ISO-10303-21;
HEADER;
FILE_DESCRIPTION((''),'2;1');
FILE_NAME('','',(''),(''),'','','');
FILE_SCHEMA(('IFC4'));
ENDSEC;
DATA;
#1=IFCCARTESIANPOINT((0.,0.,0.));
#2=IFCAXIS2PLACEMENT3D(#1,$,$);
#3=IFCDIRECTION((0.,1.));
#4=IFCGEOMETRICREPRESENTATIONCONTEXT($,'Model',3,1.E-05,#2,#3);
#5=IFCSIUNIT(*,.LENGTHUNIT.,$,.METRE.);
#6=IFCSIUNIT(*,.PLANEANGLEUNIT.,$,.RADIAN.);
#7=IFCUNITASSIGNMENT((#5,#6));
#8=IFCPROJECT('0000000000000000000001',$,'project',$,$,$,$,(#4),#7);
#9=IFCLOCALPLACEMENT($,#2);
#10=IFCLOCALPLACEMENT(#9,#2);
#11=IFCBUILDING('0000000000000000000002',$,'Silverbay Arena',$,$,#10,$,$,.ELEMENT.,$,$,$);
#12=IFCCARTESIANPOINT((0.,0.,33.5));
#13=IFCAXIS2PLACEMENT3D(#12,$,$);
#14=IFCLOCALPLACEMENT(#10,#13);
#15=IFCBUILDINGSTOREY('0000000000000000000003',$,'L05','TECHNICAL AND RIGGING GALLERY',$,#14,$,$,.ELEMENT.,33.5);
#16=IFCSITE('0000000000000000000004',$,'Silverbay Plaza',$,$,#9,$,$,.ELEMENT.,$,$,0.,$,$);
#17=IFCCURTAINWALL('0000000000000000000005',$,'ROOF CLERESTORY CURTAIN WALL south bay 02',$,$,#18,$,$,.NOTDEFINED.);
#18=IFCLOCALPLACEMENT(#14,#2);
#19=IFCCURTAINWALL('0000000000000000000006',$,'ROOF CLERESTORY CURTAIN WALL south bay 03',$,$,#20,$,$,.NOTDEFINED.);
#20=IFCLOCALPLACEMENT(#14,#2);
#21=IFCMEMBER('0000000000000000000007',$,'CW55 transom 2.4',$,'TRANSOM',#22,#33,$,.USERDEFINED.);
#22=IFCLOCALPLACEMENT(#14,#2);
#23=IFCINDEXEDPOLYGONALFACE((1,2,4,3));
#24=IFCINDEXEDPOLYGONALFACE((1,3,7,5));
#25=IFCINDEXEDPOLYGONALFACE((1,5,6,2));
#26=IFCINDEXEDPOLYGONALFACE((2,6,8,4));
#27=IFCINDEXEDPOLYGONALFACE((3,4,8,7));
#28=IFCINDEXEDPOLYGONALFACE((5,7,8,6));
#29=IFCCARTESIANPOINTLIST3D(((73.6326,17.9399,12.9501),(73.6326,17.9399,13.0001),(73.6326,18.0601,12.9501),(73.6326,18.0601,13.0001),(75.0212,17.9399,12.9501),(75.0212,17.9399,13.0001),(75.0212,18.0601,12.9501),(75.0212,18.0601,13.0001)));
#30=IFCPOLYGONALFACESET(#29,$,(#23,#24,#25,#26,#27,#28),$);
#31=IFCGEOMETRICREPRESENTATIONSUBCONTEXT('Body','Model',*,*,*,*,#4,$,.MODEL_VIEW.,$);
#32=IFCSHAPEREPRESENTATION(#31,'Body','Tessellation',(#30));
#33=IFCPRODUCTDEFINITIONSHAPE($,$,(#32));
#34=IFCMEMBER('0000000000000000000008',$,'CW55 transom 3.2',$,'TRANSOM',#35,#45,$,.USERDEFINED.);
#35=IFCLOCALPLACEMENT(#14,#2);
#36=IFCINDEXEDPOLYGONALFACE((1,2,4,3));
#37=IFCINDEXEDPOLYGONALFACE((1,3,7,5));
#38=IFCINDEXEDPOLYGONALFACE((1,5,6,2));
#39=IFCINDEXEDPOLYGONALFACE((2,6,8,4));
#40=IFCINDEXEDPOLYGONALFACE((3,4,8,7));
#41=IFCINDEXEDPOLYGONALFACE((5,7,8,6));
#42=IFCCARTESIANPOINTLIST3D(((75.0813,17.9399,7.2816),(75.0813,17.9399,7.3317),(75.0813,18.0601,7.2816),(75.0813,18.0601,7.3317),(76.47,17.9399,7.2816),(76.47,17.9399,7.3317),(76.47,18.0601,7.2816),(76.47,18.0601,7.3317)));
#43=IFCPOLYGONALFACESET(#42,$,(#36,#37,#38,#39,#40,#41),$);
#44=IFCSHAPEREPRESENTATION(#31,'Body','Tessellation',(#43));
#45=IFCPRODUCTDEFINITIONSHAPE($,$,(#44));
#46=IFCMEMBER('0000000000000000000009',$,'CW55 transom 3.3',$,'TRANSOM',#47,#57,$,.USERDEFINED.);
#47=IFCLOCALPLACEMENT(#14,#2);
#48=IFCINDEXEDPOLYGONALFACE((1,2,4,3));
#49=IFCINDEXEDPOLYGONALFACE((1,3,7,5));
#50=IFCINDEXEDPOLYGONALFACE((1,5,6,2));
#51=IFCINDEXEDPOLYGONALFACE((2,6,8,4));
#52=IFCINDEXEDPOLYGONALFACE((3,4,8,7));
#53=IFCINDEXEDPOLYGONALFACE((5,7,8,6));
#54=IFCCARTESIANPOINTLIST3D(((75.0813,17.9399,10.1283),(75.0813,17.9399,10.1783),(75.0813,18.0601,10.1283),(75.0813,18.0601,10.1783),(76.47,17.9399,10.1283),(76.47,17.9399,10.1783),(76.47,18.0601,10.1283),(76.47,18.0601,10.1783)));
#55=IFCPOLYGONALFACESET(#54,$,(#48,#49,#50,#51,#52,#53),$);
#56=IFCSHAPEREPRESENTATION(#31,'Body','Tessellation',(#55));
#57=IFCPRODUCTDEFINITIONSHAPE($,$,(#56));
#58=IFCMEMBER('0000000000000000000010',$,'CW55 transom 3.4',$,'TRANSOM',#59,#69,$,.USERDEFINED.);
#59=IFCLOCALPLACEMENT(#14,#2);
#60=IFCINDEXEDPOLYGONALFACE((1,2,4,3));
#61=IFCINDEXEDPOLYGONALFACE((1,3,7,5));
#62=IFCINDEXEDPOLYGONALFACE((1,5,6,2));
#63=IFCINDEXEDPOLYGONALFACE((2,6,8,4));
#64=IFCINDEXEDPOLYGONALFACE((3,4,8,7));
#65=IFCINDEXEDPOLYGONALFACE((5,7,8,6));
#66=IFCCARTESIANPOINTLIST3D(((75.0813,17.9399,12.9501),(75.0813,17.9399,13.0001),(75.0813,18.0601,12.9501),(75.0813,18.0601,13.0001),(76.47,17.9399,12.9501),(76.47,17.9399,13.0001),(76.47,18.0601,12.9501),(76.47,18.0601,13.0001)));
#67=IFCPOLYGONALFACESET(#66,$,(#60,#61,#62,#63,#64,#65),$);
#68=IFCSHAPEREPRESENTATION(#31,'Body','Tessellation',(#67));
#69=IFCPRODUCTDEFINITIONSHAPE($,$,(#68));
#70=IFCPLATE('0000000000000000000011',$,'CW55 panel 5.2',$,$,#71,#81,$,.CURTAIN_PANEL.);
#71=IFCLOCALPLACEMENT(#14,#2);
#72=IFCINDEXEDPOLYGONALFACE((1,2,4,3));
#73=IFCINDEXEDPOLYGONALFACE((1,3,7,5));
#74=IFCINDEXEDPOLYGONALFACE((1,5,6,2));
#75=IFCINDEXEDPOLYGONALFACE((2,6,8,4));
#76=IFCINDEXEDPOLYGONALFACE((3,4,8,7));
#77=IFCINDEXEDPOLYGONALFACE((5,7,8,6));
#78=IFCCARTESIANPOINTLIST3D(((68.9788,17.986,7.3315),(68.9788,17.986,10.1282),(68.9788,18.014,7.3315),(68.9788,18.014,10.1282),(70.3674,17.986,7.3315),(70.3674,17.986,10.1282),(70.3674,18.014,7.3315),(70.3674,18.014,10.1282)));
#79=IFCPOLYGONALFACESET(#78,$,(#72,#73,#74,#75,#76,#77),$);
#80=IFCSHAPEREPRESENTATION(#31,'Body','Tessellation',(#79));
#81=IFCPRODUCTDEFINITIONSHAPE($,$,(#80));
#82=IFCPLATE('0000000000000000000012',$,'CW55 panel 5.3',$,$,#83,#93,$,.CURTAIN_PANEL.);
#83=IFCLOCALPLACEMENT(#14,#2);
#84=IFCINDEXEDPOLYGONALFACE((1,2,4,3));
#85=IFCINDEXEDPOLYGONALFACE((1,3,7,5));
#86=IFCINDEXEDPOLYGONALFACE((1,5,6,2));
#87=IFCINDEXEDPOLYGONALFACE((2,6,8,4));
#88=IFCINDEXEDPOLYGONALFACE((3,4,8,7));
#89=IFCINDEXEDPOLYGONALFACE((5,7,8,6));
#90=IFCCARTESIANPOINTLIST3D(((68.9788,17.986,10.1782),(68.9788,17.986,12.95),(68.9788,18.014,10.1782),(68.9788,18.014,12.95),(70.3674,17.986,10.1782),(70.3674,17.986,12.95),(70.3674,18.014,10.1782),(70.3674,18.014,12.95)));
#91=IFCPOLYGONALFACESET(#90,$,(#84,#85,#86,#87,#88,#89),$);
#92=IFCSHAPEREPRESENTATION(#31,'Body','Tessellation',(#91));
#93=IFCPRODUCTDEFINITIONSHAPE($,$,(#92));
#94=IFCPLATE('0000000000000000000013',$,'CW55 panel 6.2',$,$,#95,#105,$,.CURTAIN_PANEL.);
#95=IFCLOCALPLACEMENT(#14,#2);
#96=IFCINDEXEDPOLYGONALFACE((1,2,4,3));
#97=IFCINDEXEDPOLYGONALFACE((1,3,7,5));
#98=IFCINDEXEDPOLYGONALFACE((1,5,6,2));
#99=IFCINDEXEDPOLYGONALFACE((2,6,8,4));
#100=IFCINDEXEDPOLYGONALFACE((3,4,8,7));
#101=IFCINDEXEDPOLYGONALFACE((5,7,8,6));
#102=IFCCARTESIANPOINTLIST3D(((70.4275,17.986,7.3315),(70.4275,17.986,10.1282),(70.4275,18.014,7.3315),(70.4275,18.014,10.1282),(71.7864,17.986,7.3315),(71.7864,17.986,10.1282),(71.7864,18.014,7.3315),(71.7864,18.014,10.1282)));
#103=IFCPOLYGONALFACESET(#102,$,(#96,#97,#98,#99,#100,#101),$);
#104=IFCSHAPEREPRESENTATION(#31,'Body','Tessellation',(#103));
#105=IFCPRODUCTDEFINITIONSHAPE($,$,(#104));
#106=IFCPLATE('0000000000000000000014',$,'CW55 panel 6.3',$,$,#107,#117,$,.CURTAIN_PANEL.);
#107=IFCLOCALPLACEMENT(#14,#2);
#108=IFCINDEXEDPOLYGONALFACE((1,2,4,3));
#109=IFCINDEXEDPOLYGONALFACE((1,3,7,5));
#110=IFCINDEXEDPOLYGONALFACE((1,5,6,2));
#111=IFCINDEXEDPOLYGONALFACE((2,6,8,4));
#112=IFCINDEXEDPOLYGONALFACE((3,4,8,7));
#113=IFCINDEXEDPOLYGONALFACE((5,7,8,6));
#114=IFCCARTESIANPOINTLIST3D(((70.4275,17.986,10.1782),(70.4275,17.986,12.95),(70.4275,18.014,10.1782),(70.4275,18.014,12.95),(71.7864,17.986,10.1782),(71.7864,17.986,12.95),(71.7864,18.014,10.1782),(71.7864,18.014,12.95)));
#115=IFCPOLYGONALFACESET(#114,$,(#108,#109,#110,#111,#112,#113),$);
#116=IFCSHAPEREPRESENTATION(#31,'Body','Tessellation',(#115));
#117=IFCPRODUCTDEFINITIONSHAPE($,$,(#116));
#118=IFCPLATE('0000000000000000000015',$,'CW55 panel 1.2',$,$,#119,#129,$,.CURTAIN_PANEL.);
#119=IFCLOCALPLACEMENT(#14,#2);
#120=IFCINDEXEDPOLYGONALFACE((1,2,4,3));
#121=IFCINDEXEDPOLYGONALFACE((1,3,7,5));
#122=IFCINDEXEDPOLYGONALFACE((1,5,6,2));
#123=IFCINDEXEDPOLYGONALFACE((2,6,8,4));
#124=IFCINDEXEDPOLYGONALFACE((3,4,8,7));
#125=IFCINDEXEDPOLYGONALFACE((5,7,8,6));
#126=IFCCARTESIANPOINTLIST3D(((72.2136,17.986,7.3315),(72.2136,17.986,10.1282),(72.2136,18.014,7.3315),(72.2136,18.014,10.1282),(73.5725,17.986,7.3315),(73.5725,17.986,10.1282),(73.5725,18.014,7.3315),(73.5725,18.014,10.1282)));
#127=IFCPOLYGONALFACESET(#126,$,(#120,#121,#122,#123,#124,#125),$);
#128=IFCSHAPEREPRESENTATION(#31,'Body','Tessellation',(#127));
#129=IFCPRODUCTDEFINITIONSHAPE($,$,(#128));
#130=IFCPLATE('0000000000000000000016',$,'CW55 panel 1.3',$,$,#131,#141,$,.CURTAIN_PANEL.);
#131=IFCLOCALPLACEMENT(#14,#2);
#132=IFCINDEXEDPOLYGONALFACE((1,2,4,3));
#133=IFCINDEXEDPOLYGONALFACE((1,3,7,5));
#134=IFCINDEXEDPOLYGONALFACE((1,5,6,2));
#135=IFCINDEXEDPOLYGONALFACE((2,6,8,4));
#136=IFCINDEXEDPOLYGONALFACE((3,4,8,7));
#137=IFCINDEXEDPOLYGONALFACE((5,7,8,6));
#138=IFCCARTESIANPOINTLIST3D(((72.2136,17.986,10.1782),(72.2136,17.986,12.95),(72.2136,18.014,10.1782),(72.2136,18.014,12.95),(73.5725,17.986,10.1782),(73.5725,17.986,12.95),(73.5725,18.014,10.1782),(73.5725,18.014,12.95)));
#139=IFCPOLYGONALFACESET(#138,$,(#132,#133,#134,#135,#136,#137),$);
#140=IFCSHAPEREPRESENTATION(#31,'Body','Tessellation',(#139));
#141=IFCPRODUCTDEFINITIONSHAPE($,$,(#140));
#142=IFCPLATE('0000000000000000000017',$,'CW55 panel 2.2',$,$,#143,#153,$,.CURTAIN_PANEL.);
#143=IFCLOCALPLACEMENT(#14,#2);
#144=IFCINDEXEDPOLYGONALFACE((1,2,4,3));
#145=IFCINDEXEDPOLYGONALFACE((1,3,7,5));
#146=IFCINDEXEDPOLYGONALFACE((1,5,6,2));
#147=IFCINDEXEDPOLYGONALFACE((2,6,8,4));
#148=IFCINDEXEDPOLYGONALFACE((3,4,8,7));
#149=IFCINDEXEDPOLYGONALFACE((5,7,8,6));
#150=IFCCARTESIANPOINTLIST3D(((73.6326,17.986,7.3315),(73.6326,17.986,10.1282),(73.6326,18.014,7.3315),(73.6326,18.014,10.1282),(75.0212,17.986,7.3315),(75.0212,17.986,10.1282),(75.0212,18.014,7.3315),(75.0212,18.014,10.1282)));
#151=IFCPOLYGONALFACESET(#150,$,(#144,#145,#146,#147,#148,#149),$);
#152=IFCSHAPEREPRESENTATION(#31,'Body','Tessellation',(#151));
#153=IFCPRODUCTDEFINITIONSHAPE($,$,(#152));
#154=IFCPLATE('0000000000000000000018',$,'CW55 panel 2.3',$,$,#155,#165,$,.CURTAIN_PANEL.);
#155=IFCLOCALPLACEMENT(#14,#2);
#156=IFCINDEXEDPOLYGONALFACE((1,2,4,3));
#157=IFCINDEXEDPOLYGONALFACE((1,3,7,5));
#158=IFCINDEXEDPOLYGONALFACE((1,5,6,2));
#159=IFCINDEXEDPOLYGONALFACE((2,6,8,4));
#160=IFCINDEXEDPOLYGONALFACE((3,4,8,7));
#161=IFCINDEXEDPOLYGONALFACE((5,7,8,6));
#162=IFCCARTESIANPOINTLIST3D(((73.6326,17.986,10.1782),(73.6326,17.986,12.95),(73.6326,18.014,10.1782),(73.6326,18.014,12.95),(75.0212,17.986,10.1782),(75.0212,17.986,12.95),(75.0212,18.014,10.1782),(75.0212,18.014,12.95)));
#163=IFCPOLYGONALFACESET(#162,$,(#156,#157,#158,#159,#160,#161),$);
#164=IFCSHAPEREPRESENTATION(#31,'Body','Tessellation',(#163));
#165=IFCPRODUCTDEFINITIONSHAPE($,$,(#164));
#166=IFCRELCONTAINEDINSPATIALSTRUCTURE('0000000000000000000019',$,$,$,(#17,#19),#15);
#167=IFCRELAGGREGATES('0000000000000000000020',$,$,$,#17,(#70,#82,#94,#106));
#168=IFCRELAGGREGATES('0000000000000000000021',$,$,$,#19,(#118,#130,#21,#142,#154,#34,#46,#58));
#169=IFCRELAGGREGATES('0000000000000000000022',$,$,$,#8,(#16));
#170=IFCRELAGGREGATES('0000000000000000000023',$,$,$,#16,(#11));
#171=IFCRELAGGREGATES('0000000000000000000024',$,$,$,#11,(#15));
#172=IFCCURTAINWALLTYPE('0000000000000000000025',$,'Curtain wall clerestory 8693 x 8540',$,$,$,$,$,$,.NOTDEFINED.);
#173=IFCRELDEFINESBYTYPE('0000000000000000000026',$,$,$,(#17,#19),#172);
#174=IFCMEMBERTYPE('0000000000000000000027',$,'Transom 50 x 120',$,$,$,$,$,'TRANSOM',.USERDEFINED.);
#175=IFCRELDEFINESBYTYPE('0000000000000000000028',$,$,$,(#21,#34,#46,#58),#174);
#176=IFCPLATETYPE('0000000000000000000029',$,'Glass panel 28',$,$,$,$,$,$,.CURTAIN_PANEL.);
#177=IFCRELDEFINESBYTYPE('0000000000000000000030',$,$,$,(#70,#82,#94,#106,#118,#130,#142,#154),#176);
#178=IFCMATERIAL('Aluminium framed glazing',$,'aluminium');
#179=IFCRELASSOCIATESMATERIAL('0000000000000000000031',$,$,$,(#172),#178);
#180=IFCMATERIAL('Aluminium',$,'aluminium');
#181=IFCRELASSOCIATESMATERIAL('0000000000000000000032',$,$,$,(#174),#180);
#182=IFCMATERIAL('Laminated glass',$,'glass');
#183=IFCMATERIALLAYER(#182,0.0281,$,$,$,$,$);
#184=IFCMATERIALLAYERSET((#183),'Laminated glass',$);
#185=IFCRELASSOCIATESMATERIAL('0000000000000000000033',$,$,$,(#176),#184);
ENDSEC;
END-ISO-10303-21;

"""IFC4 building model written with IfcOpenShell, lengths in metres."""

from ifc_helpers import new_model, si_unit, direction, frame, origin, origin_2d, place, context, subcontext, project, spatial, rectangle, extrude, material, layer, layer_set, material_profile, profile_set, type_object, element, aggregate, save


model = new_model("IFC4")

# Units and contexts
model_context = context("Model", 3, precision=1e-05, world=origin(), true_north=direction((0.0, 1.0)))
body_context = subcontext(model_context, "Body", "Model", "MODEL_VIEW")
ifc_project = project(units=[si_unit("LENGTHUNIT", "METRE"), si_unit("PLANEANGLEUNIT", "RADIAN")], contexts=[model_context])

# Site, building, storey
site_placement = place(None, origin())
site = spatial("IfcSite", under=ifc_project, at=site_placement, Name="Silverbay Plaza", CompositionType="ELEMENT", RefElevation=0.0)
building_placement = place(site_placement, origin())
building = spatial("IfcBuilding", under=site, at=building_placement, Name="Silverbay Arena", CompositionType="ELEMENT")
storey_placement = place(building_placement, frame((0.0, 0.0, 33.5)))
storey = spatial("IfcBuildingStorey", under=building, at=storey_placement, Name="L05", Description="TECHNICAL AND RIGGING GALLERY", CompositionType="ELEMENT", Elevation=33.5)

# Curtain walls, members
ifc_material_1 = material(Name="Aluminium framed glazing", Category="aluminium")
curtain_wall_type = type_object("IfcCurtainWallType", Name="Curtain wall clerestory 8693 x 8540", PredefinedType="NOTDEFINED", material=ifc_material_1)
curtain_wall_1_placement = place(storey_placement, origin())
curtain_wall_1 = element("IfcCurtainWall", 1, at=curtain_wall_1_placement, inside=storey, type_object=curtain_wall_type, Name="ROOF CLERESTORY CURTAIN WALL south bay 02", PredefinedType="NOTDEFINED")
ifc_material_2 = material(Name="Aluminium", Category="aluminium")
ifc_material_profile_1 = material_profile(ifc_material_2, rectangle(XDim=0.1201, YDim=0.05, at=origin_2d()), Name="Transom 50 x 120")
ifc_profile_set_1 = profile_set([ifc_material_profile_1], Name="Aluminium")
member_type_1 = type_object("IfcMemberType", Name="Transom 50 x 120", ElementType="TRANSOM", PredefinedType="USERDEFINED", material=ifc_profile_set_1)
curtain_wall_2_placement = place(storey_placement, origin())
curtain_wall_2 = element("IfcCurtainWall", 2, at=curtain_wall_2_placement, inside=storey, type_object=curtain_wall_type, Name="ROOF CLERESTORY CURTAIN WALL south bay 03", PredefinedType="NOTDEFINED")
member_1_placement = place(storey_placement, frame((73.6326, 18.0, 12.9751), z_axis=(1.0, 0.0, 0.0), x_axis=(0.0, 1.0, 0.0)))
member_1 = element("IfcMember", 3, at=member_1_placement, type_object=member_type_1, Name="CW55 transom 2.4", ObjectType="TRANSOM", PredefinedType="USERDEFINED", context=body_context, shape_type="SweptSolid", body=[
    extrude(rectangle(XDim=0.1201, YDim=0.05, at=origin_2d()), origin(), (0.0, 0.0, 1.0), 1.3887),
])
member_2_placement = place(storey_placement, frame((75.0813, 18.0, 7.3066), z_axis=(1.0, 0.0, 0.0), x_axis=(0.0, 1.0, 0.0)))
member_2 = element("IfcMember", 4, at=member_2_placement, type_object=member_type_1, Name="CW55 transom 3.2", ObjectType="TRANSOM", PredefinedType="USERDEFINED", context=body_context, shape_type="SweptSolid", body=[
    extrude(rectangle(XDim=0.1201, YDim=0.05, at=origin_2d()), origin(), (0.0, 0.0, 1.0), 1.3887),
])
member_3_placement = place(storey_placement, frame((75.0813, 18.0, 10.1533), z_axis=(1.0, 0.0, 0.0), x_axis=(0.0, 1.0, 0.0)))
member_3 = element("IfcMember", 5, at=member_3_placement, type_object=member_type_1, Name="CW55 transom 3.3", ObjectType="TRANSOM", PredefinedType="USERDEFINED", context=body_context, shape_type="SweptSolid", body=[
    extrude(rectangle(XDim=0.1201, YDim=0.05, at=origin_2d()), origin(), (0.0, 0.0, 1.0), 1.3887),
])
member_4_placement = place(storey_placement, frame((75.0813, 18.0, 12.9751), z_axis=(1.0, 0.0, 0.0), x_axis=(0.0, 1.0, 0.0)))
member_4 = element("IfcMember", 6, at=member_4_placement, type_object=member_type_1, Name="CW55 transom 3.4", ObjectType="TRANSOM", PredefinedType="USERDEFINED", context=body_context, shape_type="SweptSolid", body=[
    extrude(rectangle(XDim=0.1201, YDim=0.05, at=origin_2d()), origin(), (0.0, 0.0, 1.0), 1.3887),
])

# Plates
ifc_material_3 = material(Name="Laminated glass", Category="glass")
ifc_layer = layer(ifc_material_3, 0.0281)
ifc_layer_set = layer_set([ifc_layer], Name="Laminated glass")
plate_type = type_object("IfcPlateType", Name="Glass panel 28", PredefinedType="CURTAIN_PANEL", material=ifc_layer_set)
plate_1_placement = place(storey_placement, frame((69.6731, 18.0, 7.3315), z_axis=(0.0, 0.0, 1.0), x_axis=(1.0, 0.0, 0.0)))
plate_1 = element("IfcPlate", 7, at=plate_1_placement, type_object=plate_type, Name="CW55 panel 5.2", PredefinedType="CURTAIN_PANEL", context=body_context, shape_type="SweptSolid", body=[
    extrude(rectangle(XDim=1.3887, YDim=0.0281, at=origin_2d()), origin(), (0.0, 0.0, 1.0), 2.7966),
])
plate_2_placement = place(storey_placement, frame((69.6731, 18.0, 10.1782), z_axis=(0.0, 0.0, 1.0), x_axis=(1.0, 0.0, 0.0)))
plate_2 = element("IfcPlate", 8, at=plate_2_placement, type_object=plate_type, Name="CW55 panel 5.3", PredefinedType="CURTAIN_PANEL", context=body_context, shape_type="SweptSolid", body=[
    extrude(rectangle(XDim=1.3887, YDim=0.0281, at=origin_2d()), origin(), (0.0, 0.0, 1.0), 2.7717),
])
plate_3_placement = place(storey_placement, frame((71.1069, 18.0, 7.3315), z_axis=(0.0, 0.0, 1.0), x_axis=(1.0, 0.0, 0.0)))
plate_3 = element("IfcPlate", 9, at=plate_3_placement, type_object=plate_type, Name="CW55 panel 6.2", PredefinedType="CURTAIN_PANEL", context=body_context, shape_type="SweptSolid", body=[
    extrude(rectangle(XDim=1.3589, YDim=0.0281, at=origin_2d()), origin(), (0.0, 0.0, 1.0), 2.7966),
])
plate_4_placement = place(storey_placement, frame((71.1069, 18.0, 10.1782), z_axis=(0.0, 0.0, 1.0), x_axis=(1.0, 0.0, 0.0)))
plate_4 = element("IfcPlate", 10, at=plate_4_placement, type_object=plate_type, Name="CW55 panel 6.3", PredefinedType="CURTAIN_PANEL", context=body_context, shape_type="SweptSolid", body=[
    extrude(rectangle(XDim=1.3589, YDim=0.0281, at=origin_2d()), origin(), (0.0, 0.0, 1.0), 2.7717),
])
aggregate(curtain_wall_1, [plate_1, plate_2, plate_3, plate_4])
plate_5_placement = place(storey_placement, frame((72.8931, 18.0, 7.3315), z_axis=(0.0, 0.0, 1.0), x_axis=(1.0, 0.0, 0.0)))
plate_5 = element("IfcPlate", 11, at=plate_5_placement, type_object=plate_type, Name="CW55 panel 1.2", PredefinedType="CURTAIN_PANEL", context=body_context, shape_type="SweptSolid", body=[
    extrude(rectangle(XDim=1.3589, YDim=0.0281, at=origin_2d()), origin(), (0.0, 0.0, 1.0), 2.7966),
])
plate_6_placement = place(storey_placement, frame((72.8931, 18.0, 10.1782), z_axis=(0.0, 0.0, 1.0), x_axis=(1.0, 0.0, 0.0)))
plate_6 = element("IfcPlate", 12, at=plate_6_placement, type_object=plate_type, Name="CW55 panel 1.3", PredefinedType="CURTAIN_PANEL", context=body_context, shape_type="SweptSolid", body=[
    extrude(rectangle(XDim=1.3589, YDim=0.0281, at=origin_2d()), origin(), (0.0, 0.0, 1.0), 2.7717),
])
plate_7_placement = place(storey_placement, frame((74.3269, 18.0, 7.3315), z_axis=(0.0, 0.0, 1.0), x_axis=(1.0, 0.0, 0.0)))
plate_7 = element("IfcPlate", 13, at=plate_7_placement, type_object=plate_type, Name="CW55 panel 2.2", PredefinedType="CURTAIN_PANEL", context=body_context, shape_type="SweptSolid", body=[
    extrude(rectangle(XDim=1.3887, YDim=0.0281, at=origin_2d()), origin(), (0.0, 0.0, 1.0), 2.7966),
])
plate_8_placement = place(storey_placement, frame((74.3269, 18.0, 10.1782), z_axis=(0.0, 0.0, 1.0), x_axis=(1.0, 0.0, 0.0)))
plate_8 = element("IfcPlate", 14, at=plate_8_placement, type_object=plate_type, Name="CW55 panel 2.3", PredefinedType="CURTAIN_PANEL", context=body_context, shape_type="SweptSolid", body=[
    extrude(rectangle(XDim=1.3887, YDim=0.0281, at=origin_2d()), origin(), (0.0, 0.0, 1.0), 2.7717),
])
aggregate(curtain_wall_2, [plate_5, plate_6, member_1, plate_7, plate_8, member_2, member_3, member_4])

save(model, "model.ifc")
